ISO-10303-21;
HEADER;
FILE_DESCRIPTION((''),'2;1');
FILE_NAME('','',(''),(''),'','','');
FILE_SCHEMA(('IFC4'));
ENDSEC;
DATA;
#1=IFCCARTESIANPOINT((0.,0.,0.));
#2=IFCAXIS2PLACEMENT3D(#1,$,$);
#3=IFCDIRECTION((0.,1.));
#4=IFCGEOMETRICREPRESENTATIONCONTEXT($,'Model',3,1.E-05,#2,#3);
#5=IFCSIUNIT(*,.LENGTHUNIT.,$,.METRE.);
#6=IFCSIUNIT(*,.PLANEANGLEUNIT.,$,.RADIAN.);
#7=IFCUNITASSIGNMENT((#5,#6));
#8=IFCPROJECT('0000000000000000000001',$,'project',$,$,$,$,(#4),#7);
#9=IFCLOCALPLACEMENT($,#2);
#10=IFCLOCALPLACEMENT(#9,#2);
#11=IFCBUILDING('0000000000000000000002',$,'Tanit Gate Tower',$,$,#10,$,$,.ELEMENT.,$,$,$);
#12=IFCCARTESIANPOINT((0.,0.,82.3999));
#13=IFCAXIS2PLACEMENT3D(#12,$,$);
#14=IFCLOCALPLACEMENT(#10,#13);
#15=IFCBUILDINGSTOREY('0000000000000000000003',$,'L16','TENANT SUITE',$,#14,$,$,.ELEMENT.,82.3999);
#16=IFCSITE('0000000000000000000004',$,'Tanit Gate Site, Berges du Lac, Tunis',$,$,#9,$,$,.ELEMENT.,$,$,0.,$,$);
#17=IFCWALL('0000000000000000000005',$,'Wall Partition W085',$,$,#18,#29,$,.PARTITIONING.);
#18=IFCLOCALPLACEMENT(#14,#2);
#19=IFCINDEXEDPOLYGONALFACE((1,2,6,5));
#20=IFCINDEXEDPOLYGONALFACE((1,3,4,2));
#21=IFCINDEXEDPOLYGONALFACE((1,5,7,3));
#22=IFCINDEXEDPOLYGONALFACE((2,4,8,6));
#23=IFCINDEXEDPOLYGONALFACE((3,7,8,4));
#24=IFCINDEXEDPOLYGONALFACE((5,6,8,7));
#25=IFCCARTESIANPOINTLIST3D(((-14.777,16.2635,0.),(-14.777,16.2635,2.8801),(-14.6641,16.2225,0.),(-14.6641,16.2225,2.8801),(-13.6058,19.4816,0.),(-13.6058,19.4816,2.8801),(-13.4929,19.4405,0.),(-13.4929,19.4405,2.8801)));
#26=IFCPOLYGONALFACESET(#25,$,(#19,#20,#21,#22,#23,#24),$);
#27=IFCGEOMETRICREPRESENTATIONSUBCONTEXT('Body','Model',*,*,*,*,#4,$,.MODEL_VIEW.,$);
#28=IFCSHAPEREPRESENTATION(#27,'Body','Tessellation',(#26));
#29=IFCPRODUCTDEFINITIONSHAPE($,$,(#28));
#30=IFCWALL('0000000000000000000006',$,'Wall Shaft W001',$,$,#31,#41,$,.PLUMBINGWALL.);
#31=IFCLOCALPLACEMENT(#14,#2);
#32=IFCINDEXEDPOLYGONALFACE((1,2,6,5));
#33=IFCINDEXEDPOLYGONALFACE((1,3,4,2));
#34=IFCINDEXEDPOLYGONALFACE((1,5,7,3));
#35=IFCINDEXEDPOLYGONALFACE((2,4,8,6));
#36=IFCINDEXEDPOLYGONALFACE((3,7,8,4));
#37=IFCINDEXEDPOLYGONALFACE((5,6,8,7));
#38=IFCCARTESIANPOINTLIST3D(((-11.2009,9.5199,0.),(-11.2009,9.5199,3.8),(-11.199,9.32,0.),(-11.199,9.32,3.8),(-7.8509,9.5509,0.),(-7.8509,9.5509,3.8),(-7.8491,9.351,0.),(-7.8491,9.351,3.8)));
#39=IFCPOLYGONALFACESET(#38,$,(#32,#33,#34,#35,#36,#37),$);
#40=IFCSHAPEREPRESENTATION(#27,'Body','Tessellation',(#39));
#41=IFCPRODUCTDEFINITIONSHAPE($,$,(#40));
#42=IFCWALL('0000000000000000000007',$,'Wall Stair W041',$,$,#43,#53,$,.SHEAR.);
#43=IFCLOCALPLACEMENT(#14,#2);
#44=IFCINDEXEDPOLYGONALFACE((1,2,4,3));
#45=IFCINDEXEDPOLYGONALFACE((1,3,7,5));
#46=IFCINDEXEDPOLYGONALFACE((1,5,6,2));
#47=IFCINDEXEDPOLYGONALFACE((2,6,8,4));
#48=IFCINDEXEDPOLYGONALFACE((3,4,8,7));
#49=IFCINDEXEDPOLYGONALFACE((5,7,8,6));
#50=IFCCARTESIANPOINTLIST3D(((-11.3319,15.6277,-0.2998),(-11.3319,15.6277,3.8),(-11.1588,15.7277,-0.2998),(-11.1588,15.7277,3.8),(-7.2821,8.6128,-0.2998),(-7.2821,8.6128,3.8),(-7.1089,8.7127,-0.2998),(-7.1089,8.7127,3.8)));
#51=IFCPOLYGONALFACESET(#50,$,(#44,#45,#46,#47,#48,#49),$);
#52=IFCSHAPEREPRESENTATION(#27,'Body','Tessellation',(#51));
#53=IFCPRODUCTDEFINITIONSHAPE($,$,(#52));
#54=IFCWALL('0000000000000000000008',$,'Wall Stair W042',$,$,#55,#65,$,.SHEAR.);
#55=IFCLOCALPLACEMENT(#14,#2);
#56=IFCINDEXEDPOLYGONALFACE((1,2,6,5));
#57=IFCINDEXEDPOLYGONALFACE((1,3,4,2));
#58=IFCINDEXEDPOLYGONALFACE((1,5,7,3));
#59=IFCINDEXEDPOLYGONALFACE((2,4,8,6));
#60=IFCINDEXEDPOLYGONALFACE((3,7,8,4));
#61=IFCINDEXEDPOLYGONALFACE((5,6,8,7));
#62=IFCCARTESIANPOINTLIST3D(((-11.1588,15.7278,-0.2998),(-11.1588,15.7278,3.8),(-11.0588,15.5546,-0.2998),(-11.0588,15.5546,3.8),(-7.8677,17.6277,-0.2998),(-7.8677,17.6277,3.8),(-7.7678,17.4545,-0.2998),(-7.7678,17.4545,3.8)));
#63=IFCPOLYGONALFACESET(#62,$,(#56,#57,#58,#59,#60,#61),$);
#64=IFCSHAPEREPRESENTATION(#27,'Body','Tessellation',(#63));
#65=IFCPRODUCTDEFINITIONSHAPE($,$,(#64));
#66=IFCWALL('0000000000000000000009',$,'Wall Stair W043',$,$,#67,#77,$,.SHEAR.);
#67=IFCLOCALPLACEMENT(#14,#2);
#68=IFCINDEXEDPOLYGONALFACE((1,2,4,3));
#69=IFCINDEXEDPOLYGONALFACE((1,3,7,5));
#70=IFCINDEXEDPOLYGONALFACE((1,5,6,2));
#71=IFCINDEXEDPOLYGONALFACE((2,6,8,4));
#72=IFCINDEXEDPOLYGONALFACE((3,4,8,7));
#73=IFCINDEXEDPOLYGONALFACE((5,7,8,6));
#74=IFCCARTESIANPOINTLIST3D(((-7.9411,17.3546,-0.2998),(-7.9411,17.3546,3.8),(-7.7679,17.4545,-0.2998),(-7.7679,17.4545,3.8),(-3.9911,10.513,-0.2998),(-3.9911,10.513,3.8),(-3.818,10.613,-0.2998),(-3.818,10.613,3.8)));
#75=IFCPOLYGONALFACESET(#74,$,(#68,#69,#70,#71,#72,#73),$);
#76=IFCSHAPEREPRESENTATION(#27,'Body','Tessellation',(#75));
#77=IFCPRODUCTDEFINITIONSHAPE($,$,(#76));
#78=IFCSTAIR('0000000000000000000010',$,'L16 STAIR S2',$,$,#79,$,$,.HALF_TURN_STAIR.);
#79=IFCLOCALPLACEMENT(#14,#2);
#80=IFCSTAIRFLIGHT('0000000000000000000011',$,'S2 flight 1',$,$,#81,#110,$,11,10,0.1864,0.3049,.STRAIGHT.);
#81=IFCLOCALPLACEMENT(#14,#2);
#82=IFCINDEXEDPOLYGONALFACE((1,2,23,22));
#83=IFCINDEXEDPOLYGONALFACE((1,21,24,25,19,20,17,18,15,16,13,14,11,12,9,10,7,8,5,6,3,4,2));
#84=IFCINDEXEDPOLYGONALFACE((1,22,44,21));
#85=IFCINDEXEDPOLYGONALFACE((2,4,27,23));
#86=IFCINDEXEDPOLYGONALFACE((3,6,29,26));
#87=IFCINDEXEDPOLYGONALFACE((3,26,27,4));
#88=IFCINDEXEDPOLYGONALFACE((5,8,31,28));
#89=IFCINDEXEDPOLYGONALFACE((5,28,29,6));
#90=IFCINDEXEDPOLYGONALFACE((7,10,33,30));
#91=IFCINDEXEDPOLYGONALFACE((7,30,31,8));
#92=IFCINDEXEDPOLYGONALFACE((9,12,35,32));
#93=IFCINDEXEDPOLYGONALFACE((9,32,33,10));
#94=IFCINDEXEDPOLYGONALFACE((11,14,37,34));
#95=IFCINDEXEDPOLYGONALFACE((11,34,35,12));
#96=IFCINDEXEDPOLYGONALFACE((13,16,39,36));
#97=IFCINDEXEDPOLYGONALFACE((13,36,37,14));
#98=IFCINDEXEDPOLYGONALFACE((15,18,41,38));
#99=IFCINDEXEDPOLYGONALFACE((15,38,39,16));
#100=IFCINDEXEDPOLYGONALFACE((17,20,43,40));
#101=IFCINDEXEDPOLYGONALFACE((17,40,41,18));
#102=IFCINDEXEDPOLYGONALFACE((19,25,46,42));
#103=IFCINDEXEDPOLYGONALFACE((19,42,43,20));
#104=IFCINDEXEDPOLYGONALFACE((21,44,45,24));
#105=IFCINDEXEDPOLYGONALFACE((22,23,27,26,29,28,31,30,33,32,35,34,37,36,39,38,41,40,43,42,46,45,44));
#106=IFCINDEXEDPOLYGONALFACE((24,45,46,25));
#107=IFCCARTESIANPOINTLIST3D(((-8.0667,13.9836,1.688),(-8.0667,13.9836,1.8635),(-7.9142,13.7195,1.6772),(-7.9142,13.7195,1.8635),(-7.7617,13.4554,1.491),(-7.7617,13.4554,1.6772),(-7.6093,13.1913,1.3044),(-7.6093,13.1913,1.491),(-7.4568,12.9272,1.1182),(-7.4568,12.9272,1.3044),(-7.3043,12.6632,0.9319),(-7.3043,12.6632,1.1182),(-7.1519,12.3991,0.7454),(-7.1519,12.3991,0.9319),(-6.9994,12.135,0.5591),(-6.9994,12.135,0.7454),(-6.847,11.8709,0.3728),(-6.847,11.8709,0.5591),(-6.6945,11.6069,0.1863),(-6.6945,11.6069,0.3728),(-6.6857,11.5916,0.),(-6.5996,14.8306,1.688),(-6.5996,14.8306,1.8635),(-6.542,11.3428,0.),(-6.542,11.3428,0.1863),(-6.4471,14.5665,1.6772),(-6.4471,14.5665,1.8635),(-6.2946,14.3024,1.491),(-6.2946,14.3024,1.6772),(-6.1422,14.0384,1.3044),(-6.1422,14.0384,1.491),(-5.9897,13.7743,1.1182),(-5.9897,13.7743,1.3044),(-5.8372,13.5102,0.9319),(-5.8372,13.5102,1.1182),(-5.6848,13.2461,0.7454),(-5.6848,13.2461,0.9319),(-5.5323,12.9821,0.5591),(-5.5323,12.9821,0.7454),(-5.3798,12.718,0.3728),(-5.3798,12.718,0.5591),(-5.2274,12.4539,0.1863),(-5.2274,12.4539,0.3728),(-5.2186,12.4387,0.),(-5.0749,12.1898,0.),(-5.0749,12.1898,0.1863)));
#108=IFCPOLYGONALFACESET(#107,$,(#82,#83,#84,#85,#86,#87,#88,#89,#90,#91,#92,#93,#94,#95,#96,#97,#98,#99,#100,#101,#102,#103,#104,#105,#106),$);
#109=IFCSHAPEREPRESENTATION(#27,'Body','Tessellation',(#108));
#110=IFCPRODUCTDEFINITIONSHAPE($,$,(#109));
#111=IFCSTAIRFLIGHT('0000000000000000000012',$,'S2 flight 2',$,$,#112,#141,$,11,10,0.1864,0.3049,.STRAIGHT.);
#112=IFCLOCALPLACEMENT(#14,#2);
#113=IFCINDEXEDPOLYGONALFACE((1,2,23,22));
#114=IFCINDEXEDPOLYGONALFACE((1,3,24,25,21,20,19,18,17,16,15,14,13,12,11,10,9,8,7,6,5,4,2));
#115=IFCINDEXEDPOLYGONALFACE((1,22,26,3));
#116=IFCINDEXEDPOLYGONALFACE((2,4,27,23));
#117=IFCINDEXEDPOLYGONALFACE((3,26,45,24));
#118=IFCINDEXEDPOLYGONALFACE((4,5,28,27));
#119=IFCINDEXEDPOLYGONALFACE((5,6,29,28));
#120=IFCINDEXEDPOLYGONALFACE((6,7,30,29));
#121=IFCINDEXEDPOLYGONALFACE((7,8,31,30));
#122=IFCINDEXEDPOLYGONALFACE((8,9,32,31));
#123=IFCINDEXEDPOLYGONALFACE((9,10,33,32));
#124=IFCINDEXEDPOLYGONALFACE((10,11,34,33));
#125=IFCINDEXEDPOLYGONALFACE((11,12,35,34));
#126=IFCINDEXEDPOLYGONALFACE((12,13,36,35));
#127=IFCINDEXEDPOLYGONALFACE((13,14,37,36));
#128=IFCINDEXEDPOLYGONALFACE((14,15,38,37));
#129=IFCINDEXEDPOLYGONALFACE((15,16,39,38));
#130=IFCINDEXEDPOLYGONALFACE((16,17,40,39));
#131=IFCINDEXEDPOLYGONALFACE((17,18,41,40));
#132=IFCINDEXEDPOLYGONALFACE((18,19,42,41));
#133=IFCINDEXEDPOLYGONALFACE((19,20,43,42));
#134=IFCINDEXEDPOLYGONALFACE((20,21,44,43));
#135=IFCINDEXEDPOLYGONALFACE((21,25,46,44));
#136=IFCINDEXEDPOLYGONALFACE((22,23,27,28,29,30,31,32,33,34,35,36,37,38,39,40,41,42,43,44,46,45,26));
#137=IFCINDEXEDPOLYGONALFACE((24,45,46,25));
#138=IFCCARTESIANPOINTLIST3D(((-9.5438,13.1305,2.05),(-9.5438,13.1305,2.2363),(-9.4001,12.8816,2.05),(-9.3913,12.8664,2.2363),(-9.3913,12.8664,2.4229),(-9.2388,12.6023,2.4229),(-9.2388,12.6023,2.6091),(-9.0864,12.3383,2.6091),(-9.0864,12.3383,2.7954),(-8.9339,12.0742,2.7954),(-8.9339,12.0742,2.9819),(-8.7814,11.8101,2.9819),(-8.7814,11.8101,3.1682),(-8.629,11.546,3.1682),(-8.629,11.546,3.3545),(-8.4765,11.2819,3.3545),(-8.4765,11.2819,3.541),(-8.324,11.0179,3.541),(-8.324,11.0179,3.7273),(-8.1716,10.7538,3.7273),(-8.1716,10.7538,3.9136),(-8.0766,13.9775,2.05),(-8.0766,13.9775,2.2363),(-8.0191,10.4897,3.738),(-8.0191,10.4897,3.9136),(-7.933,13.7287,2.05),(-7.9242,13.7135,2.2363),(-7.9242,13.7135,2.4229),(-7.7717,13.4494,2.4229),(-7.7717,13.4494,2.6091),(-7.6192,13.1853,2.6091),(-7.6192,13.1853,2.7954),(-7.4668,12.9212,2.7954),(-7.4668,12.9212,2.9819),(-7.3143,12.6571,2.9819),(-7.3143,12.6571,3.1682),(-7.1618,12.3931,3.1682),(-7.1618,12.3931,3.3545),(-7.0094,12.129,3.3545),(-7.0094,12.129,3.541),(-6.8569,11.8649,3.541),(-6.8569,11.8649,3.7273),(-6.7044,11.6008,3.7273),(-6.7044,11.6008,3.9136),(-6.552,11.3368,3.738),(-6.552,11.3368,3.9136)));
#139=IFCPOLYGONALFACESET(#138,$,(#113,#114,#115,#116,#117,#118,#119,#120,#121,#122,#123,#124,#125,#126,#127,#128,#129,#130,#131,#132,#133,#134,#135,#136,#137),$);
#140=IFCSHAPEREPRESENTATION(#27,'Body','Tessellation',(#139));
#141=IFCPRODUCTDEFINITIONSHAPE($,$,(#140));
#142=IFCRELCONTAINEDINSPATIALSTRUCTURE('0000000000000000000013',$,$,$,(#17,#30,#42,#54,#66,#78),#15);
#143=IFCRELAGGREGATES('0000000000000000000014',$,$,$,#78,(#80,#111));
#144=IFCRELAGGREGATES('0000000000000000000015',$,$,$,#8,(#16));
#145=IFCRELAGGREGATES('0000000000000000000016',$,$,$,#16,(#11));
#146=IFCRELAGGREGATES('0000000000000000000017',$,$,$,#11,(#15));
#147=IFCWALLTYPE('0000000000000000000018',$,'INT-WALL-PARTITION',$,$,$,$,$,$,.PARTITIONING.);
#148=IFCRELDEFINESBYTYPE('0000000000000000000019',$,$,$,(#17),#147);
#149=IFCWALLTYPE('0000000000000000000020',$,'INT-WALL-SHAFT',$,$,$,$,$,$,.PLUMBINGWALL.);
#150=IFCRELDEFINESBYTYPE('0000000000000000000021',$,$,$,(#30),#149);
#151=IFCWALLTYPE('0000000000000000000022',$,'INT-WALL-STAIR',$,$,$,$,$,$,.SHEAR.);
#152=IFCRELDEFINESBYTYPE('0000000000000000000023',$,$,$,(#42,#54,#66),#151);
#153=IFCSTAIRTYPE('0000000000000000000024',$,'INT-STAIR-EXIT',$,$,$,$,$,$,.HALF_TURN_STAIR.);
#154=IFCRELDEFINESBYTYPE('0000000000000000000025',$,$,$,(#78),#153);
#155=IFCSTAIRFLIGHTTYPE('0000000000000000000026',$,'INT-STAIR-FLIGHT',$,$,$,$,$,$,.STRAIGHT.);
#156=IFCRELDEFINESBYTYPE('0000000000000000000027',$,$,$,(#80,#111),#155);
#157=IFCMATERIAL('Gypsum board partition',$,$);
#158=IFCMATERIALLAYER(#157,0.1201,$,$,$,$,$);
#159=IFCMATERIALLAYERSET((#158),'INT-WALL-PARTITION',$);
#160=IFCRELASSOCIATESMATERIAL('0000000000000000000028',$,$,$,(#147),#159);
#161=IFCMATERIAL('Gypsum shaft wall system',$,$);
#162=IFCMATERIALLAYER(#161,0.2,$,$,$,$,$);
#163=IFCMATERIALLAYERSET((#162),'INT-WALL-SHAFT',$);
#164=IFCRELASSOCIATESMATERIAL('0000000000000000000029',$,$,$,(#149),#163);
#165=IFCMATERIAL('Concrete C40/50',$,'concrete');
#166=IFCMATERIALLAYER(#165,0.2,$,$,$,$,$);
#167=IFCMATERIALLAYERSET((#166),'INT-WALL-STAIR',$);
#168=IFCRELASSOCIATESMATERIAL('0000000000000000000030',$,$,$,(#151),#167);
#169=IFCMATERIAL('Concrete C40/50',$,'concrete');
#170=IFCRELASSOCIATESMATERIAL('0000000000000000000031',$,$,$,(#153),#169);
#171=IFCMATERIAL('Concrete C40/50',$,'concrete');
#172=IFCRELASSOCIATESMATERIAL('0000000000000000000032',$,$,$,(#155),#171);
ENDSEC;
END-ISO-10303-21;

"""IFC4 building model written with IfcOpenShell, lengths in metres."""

from ifc_helpers import new_model, si_unit, direction, frame, frame_2d, origin, place, context, subcontext, project, spatial, polyline, rectangle, outline, extrude, material, layer, layer_set, type_object, element, aggregate, save


model = new_model("IFC4")

# Units and contexts
model_context = context("Model", 3, precision=1e-05, world=origin(), true_north=direction((0.0, 1.0)))
body_context = subcontext(model_context, "Body", "Model", "MODEL_VIEW")
ifc_project = project(units=[si_unit("LENGTHUNIT", "METRE"), si_unit("PLANEANGLEUNIT", "RADIAN")], contexts=[model_context])

# Site, building, storey
site_placement = place(None, origin())
site = spatial("IfcSite", under=ifc_project, at=site_placement, Name="Tanit Gate Site, Berges du Lac, Tunis", CompositionType="ELEMENT", RefElevation=0.0)
building_placement = place(site_placement, origin())
building = spatial("IfcBuilding", under=site, at=building_placement, Name="Tanit Gate Tower", CompositionType="ELEMENT")
storey_placement = place(building_placement, frame((0.0, 0.0, 82.3999)))
storey = spatial("IfcBuildingStorey", under=building, at=storey_placement, Name="L16", Description="TENANT SUITE", CompositionType="ELEMENT", Elevation=82.3999)

# Walls
ifc_material_1 = material(Name="Gypsum board partition")
ifc_layer_1 = layer(ifc_material_1, 0.1201)
ifc_layer_set_1 = layer_set([ifc_layer_1], Name="INT-WALL-PARTITION")
wall_type_1 = type_object("IfcWallType", Name="INT-WALL-PARTITION", PredefinedType="PARTITIONING", material=ifc_layer_set_1)
wall_1_placement = place(storey_placement, frame((-13.5493, 19.4612, 0.0), z_axis=(0.0, 0.0, 1.0), x_axis=(-0.341989, -0.939704, 0.0)))
element("IfcWall", 1, at=wall_1_placement, inside=storey, type_object=wall_type_1, Name="Wall Partition W085", PredefinedType="PARTITIONING", context=body_context, shape_type="SweptSolid", body=[
    extrude(rectangle(XDim=3.4246, YDim=0.1201, at=frame_2d((1.7124, 0.0))), origin(), (0.0, 0.0, 1.0), 2.8801),
])
ifc_material_2 = material(Name="Gypsum shaft wall system")
ifc_layer_2 = layer(ifc_material_2, 0.2)
ifc_layer_set_2 = layer_set([ifc_layer_2], Name="INT-WALL-SHAFT")
wall_type_2 = type_object("IfcWallType", Name="INT-WALL-SHAFT", PredefinedType="PLUMBINGWALL", material=ifc_layer_set_2)
wall_2_placement = place(storey_placement, frame((-11.2, 9.4199, 0.0), z_axis=(0.0, 0.0, 1.0), x_axis=(0.999957, 0.009255, 0.0)))
element("IfcWall", 2, at=wall_2_placement, inside=storey, type_object=wall_type_2, Name="Wall Shaft W001", PredefinedType="PLUMBINGWALL", context=body_context, shape_type="SweptSolid", body=[
    extrude(rectangle(XDim=3.3501, YDim=0.2, at=frame_2d((1.675, 0.0))), origin(), (0.0, 0.0, 1.0), 3.8),
])
ifc_material_3 = material(Name="Concrete C40/50", Category="concrete")
ifc_layer_3 = layer(ifc_material_3, 0.2)
ifc_layer_set_3 = layer_set([ifc_layer_3], Name="INT-WALL-STAIR")
wall_type_3 = type_object("IfcWallType", Name="INT-WALL-STAIR", PredefinedType="SHEAR", material=ifc_layer_set_3)
wall_3_placement = place(storey_placement, frame((-11.2454, 15.6777, -0.2998), z_axis=(0.0, 0.0, 1.0), x_axis=(0.499977, -0.866039, 0.0)))
element("IfcWall", 3, at=wall_3_placement, inside=storey, type_object=wall_type_3, Name="Wall Stair W041", PredefinedType="SHEAR", context=body_context, shape_type="SweptSolid", body=[
    extrude(rectangle(XDim=8.1001, YDim=0.2, at=frame_2d((4.05, 0.0))), origin(), (0.0, 0.0, 1.0), 4.0999),
])
wall_4_placement = place(storey_placement, frame((-7.8179, 17.541, -0.2998), z_axis=(0.0, 0.0, 1.0), x_axis=(-0.866044, -0.499967, 0.0)))
element("IfcWall", 4, at=wall_4_placement, inside=storey, type_object=wall_type_3, Name="Wall Stair W042", PredefinedType="SHEAR", context=body_context, shape_type="SweptSolid", body=[
    extrude(rectangle(XDim=3.8, YDim=0.2, at=frame_2d((1.8999, 0.0))), origin(), (0.0, 0.0, 1.0), 4.0999),
])
wall_5_placement = place(storey_placement, frame((-7.8545, 17.4045, -0.2998), z_axis=(0.0, 0.0, 1.0), x_axis=(0.499998, -0.866027, 0.0)))
element("IfcWall", 5, at=wall_5_placement, inside=storey, type_object=wall_type_3, Name="Wall Stair W043", PredefinedType="SHEAR", context=body_context, shape_type="SweptSolid", body=[
    extrude(rectangle(XDim=7.8999, YDim=0.2, at=frame_2d((3.95, 0.0))), origin(), (0.0, 0.0, 1.0), 4.0999),
])

# Stair, stair flights
ifc_material_4 = material(Name="Concrete C40/50", Category="concrete")
stair_type = type_object("IfcStairType", Name="INT-STAIR-EXIT", PredefinedType="HALF_TURN_STAIR", material=ifc_material_4)
stair_placement = place(storey_placement, origin())
stair = element("IfcStair", 6, at=stair_placement, inside=storey, type_object=stair_type, Name="L16 STAIR S2", PredefinedType="HALF_TURN_STAIR")
ifc_material_5 = material(Name="Concrete C40/50", Category="concrete")
stair_flight_type = type_object("IfcStairFlightType", Name="INT-STAIR-FLIGHT", PredefinedType="STRAIGHT", material=ifc_material_5)
stair_flight_1_placement = place(storey_placement, frame((-5.8083, 11.7664, 0.0), z_axis=(0.0, 0.0, 1.0), x_axis=(-0.5, 0.866025, 0.0)))
stair_flight_1 = element("IfcStairFlight", 7, at=stair_flight_1_placement, type_object=stair_flight_type, Name="S2 flight 1", NumberOfRisers=11, NumberOfTreads=10, PredefinedType="STRAIGHT", RiserHeight=0.1864, TreadLength=0.3049, context=body_context, shape_type="SweptSolid", body=[
    extrude(outline(polyline([(0.0, 0.0), (0.0, 0.1863), (0.3049, 0.1863), (0.3049, 0.3728), (0.6099, 0.3728), (0.6099, 0.5591), (0.9148, 0.5591), (0.9148, 0.7454), (1.2197, 0.7454), (1.2197, 0.9319), (1.5247, 0.9319), (1.5247, 1.1182), (1.8296, 1.1182), (1.8296, 1.3044), (2.1345, 1.3044), (2.1345, 1.491), (2.4395, 1.491), (2.4395, 1.6772), (2.7444, 1.6772), (2.7444, 1.8635), (3.0493, 1.8635), (3.0493, 2.05), (3.0493, 1.688), (0.2874, 0.0), (0.0, 0.0)])), frame((0.0, 0.8472, 0.0), z_axis=(0.0, -1.0, 0.0), x_axis=(1.0, 0.0, 0.0)), (0.0, 0.0, 1.0), 1.6941),
])
stair_flight_2_placement = place(storey_placement, frame((-8.8103, 13.554, 2.05), z_axis=(0.0, 0.0, 1.0), x_axis=(0.5, -0.866025, 0.0)))
stair_flight_2 = element("IfcStairFlight", 8, at=stair_flight_2_placement, type_object=stair_flight_type, Name="S2 flight 2", NumberOfRisers=11, NumberOfTreads=10, PredefinedType="STRAIGHT", RiserHeight=0.1864, TreadLength=0.3049, context=body_context, shape_type="SweptSolid", body=[
    extrude(outline(polyline([(0.0, 0.0), (0.0, 0.1863), (0.3049, 0.1863), (0.3049, 0.3728), (0.6099, 0.3728), (0.6099, 0.5591), (0.9148, 0.5591), (0.9148, 0.7454), (1.2197, 0.7454), (1.2197, 0.9319), (1.5247, 0.9319), (1.5247, 1.1182), (1.8296, 1.1182), (1.8296, 1.3044), (2.1345, 1.3044), (2.1345, 1.491), (2.4395, 1.491), (2.4395, 1.6772), (2.7444, 1.6772), (2.7444, 1.8635), (3.0493, 1.8635), (3.0493, 2.05), (3.0493, 1.688), (0.2874, 0.0), (0.0, 0.0)])), frame((0.0, 0.8472, 0.0), z_axis=(0.0, -1.0, 0.0), x_axis=(1.0, 0.0, 0.0)), (0.0, 0.0, 1.0), 1.6941),
])
aggregate(stair, [stair_flight_1, stair_flight_2])

save(model, "model.ifc")
